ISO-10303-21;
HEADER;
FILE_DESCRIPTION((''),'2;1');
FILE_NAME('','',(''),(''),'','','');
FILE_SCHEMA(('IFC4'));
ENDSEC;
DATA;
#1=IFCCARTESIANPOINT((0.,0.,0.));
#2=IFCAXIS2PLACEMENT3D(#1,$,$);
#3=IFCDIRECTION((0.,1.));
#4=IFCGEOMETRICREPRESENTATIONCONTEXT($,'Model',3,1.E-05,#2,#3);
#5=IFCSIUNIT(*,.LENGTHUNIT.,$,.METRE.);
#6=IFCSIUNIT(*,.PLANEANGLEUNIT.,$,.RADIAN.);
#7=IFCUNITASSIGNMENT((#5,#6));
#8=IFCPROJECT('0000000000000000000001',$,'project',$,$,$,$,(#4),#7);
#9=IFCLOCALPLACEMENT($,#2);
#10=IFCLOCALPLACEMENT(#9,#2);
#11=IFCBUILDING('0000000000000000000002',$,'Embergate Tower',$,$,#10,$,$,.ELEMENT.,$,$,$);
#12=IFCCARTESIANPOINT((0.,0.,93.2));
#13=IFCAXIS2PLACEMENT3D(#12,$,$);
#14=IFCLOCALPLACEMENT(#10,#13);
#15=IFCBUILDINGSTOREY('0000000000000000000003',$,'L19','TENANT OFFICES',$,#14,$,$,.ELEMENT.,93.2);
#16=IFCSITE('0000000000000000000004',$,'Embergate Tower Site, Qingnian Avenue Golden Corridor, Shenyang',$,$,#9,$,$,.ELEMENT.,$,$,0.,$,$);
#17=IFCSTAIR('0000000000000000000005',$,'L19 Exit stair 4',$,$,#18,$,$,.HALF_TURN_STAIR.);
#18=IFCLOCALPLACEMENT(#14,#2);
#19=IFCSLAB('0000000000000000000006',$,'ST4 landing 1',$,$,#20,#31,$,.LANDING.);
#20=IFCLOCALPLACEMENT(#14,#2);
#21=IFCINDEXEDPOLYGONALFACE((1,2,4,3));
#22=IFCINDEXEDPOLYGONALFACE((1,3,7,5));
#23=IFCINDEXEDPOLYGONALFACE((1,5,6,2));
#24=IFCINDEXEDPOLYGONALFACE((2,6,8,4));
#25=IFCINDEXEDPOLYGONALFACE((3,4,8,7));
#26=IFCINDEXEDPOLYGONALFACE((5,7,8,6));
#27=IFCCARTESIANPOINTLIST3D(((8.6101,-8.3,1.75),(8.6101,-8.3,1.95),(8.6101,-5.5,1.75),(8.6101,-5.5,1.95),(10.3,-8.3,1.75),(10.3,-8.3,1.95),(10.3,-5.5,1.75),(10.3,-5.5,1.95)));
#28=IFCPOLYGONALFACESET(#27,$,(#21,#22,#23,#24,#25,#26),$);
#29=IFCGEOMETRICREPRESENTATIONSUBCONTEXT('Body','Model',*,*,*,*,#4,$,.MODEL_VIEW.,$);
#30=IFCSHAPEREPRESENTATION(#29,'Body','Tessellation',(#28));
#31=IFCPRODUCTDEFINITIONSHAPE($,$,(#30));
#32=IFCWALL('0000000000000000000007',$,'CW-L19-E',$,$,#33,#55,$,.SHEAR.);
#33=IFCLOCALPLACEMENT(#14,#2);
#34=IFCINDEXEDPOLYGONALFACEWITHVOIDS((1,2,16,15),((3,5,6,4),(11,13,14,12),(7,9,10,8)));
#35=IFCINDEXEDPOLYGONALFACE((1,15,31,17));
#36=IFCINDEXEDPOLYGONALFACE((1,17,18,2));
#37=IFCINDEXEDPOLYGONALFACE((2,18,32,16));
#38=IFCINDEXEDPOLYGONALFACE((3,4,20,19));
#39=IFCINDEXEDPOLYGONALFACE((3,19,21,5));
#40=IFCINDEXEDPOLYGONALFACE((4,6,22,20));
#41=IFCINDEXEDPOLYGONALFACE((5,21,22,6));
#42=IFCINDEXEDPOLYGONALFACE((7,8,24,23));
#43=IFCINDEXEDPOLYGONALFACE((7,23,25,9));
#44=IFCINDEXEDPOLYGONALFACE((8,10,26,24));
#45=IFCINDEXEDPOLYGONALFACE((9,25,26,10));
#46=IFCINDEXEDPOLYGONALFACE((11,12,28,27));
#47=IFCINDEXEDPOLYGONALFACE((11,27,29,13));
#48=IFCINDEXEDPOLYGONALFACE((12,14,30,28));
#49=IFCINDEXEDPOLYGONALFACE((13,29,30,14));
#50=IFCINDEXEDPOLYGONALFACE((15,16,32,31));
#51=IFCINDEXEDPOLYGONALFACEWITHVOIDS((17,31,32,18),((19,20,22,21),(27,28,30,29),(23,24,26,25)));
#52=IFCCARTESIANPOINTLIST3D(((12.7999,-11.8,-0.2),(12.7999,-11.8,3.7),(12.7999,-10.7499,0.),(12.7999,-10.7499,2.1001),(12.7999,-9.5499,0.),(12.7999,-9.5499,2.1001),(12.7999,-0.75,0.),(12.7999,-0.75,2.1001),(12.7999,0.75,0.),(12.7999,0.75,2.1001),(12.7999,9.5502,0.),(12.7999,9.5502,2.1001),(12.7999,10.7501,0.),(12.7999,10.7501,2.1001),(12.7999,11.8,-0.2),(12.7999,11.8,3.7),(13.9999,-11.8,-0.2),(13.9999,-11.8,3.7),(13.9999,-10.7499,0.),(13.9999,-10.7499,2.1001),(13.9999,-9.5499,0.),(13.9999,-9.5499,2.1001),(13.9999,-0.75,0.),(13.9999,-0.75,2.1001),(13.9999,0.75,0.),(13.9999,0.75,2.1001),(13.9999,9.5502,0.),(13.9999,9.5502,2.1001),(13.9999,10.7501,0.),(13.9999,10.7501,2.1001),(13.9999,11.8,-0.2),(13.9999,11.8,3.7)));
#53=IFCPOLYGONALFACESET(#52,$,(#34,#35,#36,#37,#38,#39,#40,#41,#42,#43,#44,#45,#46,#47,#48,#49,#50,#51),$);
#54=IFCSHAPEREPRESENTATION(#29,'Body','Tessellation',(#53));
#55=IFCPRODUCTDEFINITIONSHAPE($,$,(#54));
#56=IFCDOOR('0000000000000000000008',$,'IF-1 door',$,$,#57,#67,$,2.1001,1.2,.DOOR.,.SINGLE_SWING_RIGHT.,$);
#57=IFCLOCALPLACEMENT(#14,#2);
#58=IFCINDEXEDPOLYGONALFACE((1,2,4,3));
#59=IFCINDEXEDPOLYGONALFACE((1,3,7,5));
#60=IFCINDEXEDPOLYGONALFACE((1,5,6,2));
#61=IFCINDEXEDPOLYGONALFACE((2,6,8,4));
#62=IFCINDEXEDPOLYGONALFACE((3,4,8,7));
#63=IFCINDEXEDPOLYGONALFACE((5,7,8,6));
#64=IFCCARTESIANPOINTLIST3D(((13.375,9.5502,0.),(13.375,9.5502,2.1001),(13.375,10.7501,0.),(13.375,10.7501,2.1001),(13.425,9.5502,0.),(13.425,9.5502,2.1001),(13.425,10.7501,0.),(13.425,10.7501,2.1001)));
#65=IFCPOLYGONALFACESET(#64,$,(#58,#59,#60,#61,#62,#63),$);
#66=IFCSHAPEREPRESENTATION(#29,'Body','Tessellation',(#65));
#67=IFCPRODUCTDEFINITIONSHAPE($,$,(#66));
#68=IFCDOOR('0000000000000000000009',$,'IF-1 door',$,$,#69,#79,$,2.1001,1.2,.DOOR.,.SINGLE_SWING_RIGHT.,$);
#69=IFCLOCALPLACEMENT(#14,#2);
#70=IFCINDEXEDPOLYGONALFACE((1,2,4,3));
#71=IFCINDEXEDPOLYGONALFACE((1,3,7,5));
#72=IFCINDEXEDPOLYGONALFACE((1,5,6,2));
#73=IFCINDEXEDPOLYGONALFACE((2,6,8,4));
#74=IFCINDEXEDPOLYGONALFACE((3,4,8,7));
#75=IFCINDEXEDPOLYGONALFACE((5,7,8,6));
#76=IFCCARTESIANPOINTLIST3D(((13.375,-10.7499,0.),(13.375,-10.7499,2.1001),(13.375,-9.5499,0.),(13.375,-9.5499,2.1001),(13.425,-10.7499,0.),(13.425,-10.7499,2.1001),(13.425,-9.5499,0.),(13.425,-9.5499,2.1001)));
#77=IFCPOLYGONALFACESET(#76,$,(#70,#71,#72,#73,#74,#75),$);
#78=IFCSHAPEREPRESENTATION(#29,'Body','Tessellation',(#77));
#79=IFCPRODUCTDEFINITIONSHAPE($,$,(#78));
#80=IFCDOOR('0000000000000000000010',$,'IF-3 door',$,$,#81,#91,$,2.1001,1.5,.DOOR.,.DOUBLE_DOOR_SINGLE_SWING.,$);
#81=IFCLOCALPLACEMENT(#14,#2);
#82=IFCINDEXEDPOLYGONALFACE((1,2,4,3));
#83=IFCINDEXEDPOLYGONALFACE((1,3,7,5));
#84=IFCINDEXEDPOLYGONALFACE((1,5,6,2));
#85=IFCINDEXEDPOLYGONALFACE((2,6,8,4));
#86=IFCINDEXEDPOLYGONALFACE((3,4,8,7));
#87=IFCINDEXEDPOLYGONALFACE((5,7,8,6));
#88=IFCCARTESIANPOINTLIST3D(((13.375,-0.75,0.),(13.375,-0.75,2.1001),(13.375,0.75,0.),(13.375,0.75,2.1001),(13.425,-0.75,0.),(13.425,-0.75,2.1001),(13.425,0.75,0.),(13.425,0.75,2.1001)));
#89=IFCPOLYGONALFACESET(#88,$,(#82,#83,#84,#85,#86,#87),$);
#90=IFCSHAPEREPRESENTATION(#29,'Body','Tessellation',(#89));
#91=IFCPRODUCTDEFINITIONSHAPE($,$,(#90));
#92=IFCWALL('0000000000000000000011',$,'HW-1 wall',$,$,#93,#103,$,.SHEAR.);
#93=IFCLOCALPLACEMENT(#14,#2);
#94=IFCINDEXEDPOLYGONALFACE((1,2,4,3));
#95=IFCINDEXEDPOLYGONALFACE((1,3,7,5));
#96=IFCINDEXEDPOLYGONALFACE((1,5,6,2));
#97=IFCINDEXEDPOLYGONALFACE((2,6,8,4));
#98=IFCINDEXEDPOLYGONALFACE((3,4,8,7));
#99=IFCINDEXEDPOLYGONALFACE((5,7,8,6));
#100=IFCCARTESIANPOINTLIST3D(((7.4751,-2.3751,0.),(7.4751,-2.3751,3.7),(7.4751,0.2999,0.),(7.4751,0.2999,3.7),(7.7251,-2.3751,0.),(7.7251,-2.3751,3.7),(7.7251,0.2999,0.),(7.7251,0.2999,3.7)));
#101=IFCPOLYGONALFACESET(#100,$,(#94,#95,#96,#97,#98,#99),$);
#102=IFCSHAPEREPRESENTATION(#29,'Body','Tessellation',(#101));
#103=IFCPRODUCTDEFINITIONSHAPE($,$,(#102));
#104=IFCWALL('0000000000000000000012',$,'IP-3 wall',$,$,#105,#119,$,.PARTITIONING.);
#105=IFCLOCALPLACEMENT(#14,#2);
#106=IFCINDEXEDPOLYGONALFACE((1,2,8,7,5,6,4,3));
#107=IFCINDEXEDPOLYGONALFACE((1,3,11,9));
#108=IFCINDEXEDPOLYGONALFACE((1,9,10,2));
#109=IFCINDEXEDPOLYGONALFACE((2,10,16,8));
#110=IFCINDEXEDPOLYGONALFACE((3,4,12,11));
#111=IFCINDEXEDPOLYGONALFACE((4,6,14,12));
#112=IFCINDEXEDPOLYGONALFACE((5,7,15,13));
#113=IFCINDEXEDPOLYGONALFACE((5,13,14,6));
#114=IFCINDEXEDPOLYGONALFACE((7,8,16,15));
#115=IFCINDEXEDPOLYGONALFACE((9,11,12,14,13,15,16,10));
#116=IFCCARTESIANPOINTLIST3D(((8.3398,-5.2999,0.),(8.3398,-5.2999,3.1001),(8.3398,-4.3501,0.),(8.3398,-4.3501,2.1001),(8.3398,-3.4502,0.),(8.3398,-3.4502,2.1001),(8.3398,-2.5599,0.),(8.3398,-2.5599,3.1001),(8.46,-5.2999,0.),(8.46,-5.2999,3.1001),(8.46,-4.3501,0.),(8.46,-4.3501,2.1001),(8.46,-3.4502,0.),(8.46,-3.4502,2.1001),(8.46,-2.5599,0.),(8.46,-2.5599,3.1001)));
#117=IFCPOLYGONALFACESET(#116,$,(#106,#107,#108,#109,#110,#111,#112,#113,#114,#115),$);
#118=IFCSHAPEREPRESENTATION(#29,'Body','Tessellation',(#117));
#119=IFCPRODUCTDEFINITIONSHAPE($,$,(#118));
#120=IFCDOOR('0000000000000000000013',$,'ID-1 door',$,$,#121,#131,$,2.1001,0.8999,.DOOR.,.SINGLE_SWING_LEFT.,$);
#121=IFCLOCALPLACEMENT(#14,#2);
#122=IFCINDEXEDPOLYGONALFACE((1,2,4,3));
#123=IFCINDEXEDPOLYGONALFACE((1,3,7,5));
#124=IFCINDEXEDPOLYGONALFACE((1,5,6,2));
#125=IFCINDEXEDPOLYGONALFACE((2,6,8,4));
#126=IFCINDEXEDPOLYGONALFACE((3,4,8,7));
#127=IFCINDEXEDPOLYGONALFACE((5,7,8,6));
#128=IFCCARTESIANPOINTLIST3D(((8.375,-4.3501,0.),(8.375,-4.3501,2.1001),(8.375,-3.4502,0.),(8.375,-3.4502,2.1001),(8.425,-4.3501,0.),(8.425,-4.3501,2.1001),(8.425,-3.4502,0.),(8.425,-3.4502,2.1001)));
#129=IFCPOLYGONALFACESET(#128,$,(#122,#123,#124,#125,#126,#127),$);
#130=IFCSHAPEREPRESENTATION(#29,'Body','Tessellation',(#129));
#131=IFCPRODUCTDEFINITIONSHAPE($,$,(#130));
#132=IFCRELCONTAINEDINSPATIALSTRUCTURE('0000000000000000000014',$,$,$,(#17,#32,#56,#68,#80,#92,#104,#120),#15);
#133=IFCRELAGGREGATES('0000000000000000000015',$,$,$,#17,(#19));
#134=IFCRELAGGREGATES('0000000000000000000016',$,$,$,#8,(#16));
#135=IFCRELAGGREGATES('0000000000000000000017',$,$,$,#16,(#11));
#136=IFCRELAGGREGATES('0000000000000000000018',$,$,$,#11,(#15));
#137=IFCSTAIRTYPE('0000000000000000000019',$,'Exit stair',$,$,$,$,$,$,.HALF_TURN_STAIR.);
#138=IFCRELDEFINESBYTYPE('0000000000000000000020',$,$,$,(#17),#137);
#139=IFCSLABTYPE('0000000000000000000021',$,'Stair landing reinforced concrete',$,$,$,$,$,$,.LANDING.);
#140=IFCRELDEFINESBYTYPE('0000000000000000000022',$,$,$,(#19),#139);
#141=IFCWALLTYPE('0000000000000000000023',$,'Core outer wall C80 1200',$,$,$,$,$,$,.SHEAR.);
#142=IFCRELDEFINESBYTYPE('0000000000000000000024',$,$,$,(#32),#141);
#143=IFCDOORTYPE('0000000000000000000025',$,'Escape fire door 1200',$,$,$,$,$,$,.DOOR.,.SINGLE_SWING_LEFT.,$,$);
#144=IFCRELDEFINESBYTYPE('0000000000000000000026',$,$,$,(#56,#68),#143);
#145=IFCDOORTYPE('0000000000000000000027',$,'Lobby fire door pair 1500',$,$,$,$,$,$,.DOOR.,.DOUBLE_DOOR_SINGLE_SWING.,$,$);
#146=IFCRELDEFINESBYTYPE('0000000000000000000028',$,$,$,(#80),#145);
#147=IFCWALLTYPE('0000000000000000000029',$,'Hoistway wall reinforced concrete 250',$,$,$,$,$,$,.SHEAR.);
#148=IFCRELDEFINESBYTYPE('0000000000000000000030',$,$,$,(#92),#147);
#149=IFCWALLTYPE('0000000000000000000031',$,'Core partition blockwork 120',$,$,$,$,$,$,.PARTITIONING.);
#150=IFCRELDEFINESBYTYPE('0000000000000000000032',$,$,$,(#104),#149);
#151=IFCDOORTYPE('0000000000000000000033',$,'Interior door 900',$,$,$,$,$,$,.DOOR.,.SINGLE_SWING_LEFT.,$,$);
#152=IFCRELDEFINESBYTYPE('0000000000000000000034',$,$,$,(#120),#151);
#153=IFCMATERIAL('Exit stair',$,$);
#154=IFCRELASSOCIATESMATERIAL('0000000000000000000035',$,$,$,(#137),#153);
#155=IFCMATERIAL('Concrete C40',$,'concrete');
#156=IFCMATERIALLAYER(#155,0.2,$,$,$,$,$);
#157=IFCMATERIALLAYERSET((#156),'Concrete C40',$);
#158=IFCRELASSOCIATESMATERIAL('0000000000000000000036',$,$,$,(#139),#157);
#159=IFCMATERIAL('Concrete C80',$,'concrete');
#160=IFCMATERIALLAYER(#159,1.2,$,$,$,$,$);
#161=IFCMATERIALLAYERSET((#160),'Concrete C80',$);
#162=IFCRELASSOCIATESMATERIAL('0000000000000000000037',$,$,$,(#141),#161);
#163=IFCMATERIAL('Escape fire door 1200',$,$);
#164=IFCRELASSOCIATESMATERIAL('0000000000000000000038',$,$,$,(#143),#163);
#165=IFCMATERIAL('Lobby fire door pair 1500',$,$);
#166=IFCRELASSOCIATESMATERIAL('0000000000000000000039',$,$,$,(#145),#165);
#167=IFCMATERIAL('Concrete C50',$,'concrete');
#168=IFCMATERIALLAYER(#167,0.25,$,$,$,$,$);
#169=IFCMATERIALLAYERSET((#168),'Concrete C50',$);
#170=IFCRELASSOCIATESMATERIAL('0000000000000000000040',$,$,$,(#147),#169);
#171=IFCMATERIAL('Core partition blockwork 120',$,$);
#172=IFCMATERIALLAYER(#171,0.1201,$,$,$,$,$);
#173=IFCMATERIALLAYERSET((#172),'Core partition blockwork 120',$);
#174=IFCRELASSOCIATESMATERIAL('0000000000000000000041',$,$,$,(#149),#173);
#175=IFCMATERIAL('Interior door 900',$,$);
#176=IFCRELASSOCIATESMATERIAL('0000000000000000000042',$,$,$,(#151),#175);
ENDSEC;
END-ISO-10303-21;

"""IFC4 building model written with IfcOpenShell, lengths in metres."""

from ifc_helpers import new_model, si_unit, direction, frame, frame_2d, origin, place, context, subcontext, project, spatial, polyline, rectangle, outline, extrude, source, transform, mapped, material, layer, layer_set, type_object, element, fill, aggregate, save


model = new_model("IFC4")

# Units and contexts
model_context = context("Model", 3, precision=1e-05, world=origin(), true_north=direction((0.0, 1.0)))
body_context = subcontext(model_context, "Body", "Model", "MODEL_VIEW")
ifc_project = project(units=[si_unit("LENGTHUNIT", "METRE"), si_unit("PLANEANGLEUNIT", "RADIAN")], contexts=[model_context])

# Site, building, storey
site_placement = place(None, origin())
site = spatial("IfcSite", under=ifc_project, at=site_placement, Name="Embergate Tower Site, Qingnian Avenue Golden Corridor, Shenyang", CompositionType="ELEMENT", RefElevation=0.0)
building_placement = place(site_placement, origin())
building = spatial("IfcBuilding", under=site, at=building_placement, Name="Embergate Tower", CompositionType="ELEMENT")
storey_placement = place(building_placement, frame((0.0, 0.0, 93.2)))
storey = spatial("IfcBuildingStorey", under=building, at=storey_placement, Name="L19", Description="TENANT OFFICES", CompositionType="ELEMENT", Elevation=93.2)

# Stair, slab
ifc_material_1 = material(Name="Exit stair")
stair_type = type_object("IfcStairType", Name="Exit stair", PredefinedType="HALF_TURN_STAIR", material=ifc_material_1)
stair_placement = place(storey_placement, origin())
stair = element("IfcStair", 1, at=stair_placement, inside=storey, type_object=stair_type, Name="L19 Exit stair 4", PredefinedType="HALF_TURN_STAIR")
ifc_material_2 = material(Name="Concrete C40", Category="concrete")
ifc_layer_1 = layer(ifc_material_2, 0.2)
ifc_layer_set_1 = layer_set([ifc_layer_1], Name="Concrete C40")
slab_type = type_object("IfcSlabType", Name="Stair landing reinforced concrete", PredefinedType="LANDING", material=ifc_layer_set_1)
shared_shape_1 = source(origin(), body_context, "Body", "SweptSolid", [
    extrude(outline(polyline([(0.0, 0.0), (1.6899, 0.0), (1.6899, 2.8), (0.0, 2.8), (0.0, 0.0)])), origin(), (0.0, 0.0, 1.0), 0.2),
])
slab_placement = place(storey_placement, frame((8.6101, -8.3, 1.75)))
slab = element("IfcSlab", 2, at=slab_placement, type_object=slab_type, Name="ST4 landing 1", PredefinedType="LANDING", context=body_context, shape_type="MappedRepresentation", body=[
    mapped(shared_shape_1, transform((0.0, 0.0, 0.0))),
])

# Wall, openings, doors
ifc_material_3 = material(Name="Concrete C80", Category="concrete")
ifc_layer_2 = layer(ifc_material_3, 1.2)
ifc_layer_set_2 = layer_set([ifc_layer_2], Name="Concrete C80")
wall_type_1 = type_object("IfcWallType", Name="Core outer wall C80 1200", PredefinedType="SHEAR", material=ifc_layer_set_2)
shared_shape_2 = source(origin(), body_context, "Body", "SweptSolid", [
    extrude(rectangle(XDim=23.6001, YDim=1.2, at=frame_2d((11.8, 0.0))), origin(), (0.0, 0.0, 1.0), 3.8999),
])
wall_1_placement = place(storey_placement, frame((13.3999, -11.8, -0.2), z_axis=(0.0, 0.0, 1.0), x_axis=(0.0, 1.0, 0.0)))
wall_1 = element("IfcWall", 3, at=wall_1_placement, inside=storey, type_object=wall_type_1, Name="CW-L19-E", PredefinedType="SHEAR", context=body_context, shape_type="MappedRepresentation", body=[
    mapped(shared_shape_2, transform((0.0, 0.0, 0.0))),
])
shared_shape_3 = source(origin(), body_context, "Body", "SweptSolid", [
    extrude(rectangle(XDim=1.2, YDim=2.1001, at=frame_2d((0.6001, 1.05))), frame((0.0, 0.6099, 0.0), z_axis=(0.0, -1.0, 0.0), x_axis=(1.0, 0.0, 0.0)), (0.0, 0.0, 1.0), 1.22),
])
opening_1_placement = place(wall_1_placement, frame((21.3501, 0.0, 0.2)))
opening_1 = element("IfcOpeningElement", 4, at=opening_1_placement, cuts=wall_1, PredefinedType="OPENING", context=body_context, shape_type="MappedRepresentation", body=[
    mapped(shared_shape_3, transform((0.0, 0.0, 0.0))),
])
opening_2_placement = place(wall_1_placement, frame((1.05, 0.0, 0.2)))
opening_2 = element("IfcOpeningElement", 5, at=opening_2_placement, cuts=wall_1, PredefinedType="OPENING", context=body_context, shape_type="MappedRepresentation", body=[
    mapped(shared_shape_3, transform((0.0, 0.0, 0.0))),
])
shared_shape_4 = source(origin(), body_context, "Body", "SweptSolid", [
    extrude(rectangle(XDim=1.5, YDim=2.1001, at=frame_2d((0.75, 1.05))), frame((0.0, 0.6099, 0.0), z_axis=(0.0, -1.0, 0.0), x_axis=(1.0, 0.0, 0.0)), (0.0, 0.0, 1.0), 1.22),
])
opening_3_placement = place(wall_1_placement, frame((11.05, 0.0, 0.2)))
opening_3 = element("IfcOpeningElement", 6, at=opening_3_placement, cuts=wall_1, PredefinedType="OPENING", context=body_context, shape_type="MappedRepresentation", body=[
    mapped(shared_shape_4, transform((0.0, 0.0, 0.0))),
])
ifc_material_4 = material(Name="Escape fire door 1200")
door_type_1 = type_object("IfcDoorType", Name="Escape fire door 1200", OperationType="SINGLE_SWING_LEFT", PredefinedType="DOOR", material=ifc_material_4)
shared_shape_5 = source(origin(), body_context, "Body", "SweptSolid", [
    extrude(rectangle(XDim=1.2, YDim=2.1001, at=frame_2d((0.6001, 1.05))), frame((0.0, 0.0249, 0.0), z_axis=(0.0, -1.0, 0.0), x_axis=(1.0, 0.0, 0.0)), (0.0, 0.0, 1.0), 0.05),
])
door_1_placement = place(opening_1_placement, origin())
door_1 = element("IfcDoor", 7, at=door_1_placement, inside=storey, type_object=door_type_1, Name="IF-1 door", OperationType="SINGLE_SWING_RIGHT", OverallHeight=2.1001, OverallWidth=1.2, PredefinedType="DOOR", context=body_context, shape_type="MappedRepresentation", body=[
    mapped(shared_shape_5, transform((0.0, 0.0, 0.0))),
])
fill(opening_1, door_1)
door_2_placement = place(opening_2_placement, origin())
door_2 = element("IfcDoor", 8, at=door_2_placement, inside=storey, type_object=door_type_1, Name="IF-1 door", OperationType="SINGLE_SWING_RIGHT", OverallHeight=2.1001, OverallWidth=1.2, PredefinedType="DOOR", context=body_context, shape_type="MappedRepresentation", body=[
    mapped(shared_shape_5, transform((0.0, 0.0, 0.0))),
])
fill(opening_2, door_2)
ifc_material_5 = material(Name="Lobby fire door pair 1500")
door_type_2 = type_object("IfcDoorType", Name="Lobby fire door pair 1500", OperationType="DOUBLE_DOOR_SINGLE_SWING", PredefinedType="DOOR", material=ifc_material_5)
shared_shape_6 = source(origin(), body_context, "Body", "SweptSolid", [
    extrude(rectangle(XDim=1.5, YDim=2.1001, at=frame_2d((0.75, 1.05))), frame((0.0, 0.0249, 0.0), z_axis=(0.0, -1.0, 0.0), x_axis=(1.0, 0.0, 0.0)), (0.0, 0.0, 1.0), 0.05),
])
door_3_placement = place(opening_3_placement, origin())
door_3 = element("IfcDoor", 9, at=door_3_placement, inside=storey, type_object=door_type_2, Name="IF-3 door", OperationType="DOUBLE_DOOR_SINGLE_SWING", OverallHeight=2.1001, OverallWidth=1.5, PredefinedType="DOOR", context=body_context, shape_type="MappedRepresentation", body=[
    mapped(shared_shape_6, transform((0.0, 0.0, 0.0))),
])
fill(opening_3, door_3)

# Wall
ifc_material_6 = material(Name="Concrete C50", Category="concrete")
ifc_layer_3 = layer(ifc_material_6, 0.25)
ifc_layer_set_3 = layer_set([ifc_layer_3], Name="Concrete C50")
wall_type_2 = type_object("IfcWallType", Name="Hoistway wall reinforced concrete 250", PredefinedType="SHEAR", material=ifc_layer_set_3)
shared_shape_7 = source(origin(), body_context, "Body", "SweptSolid", [
    extrude(rectangle(XDim=2.675, YDim=0.25, at=frame_2d((1.3374, 0.0))), origin(), (0.0, 0.0, 1.0), 3.7),
])
wall_2_placement = place(storey_placement, frame((7.6001, -2.375, 0.0), z_axis=(0.0, 0.0, 1.0), x_axis=(0.0, 1.0, 0.0)))
element("IfcWall", 10, at=wall_2_placement, inside=storey, type_object=wall_type_2, Name="HW-1 wall", PredefinedType="SHEAR", context=body_context, shape_type="MappedRepresentation", body=[
    mapped(shared_shape_7, transform((0.0, 0.0, 0.0))),
])

# Wall, opening, door
ifc_material_7 = material(Name="Core partition blockwork 120")
ifc_layer_4 = layer(ifc_material_7, 0.1201)
ifc_layer_set_4 = layer_set([ifc_layer_4], Name="Core partition blockwork 120")
wall_type_3 = type_object("IfcWallType", Name="Core partition blockwork 120", PredefinedType="PARTITIONING", material=ifc_layer_set_4)
shared_shape_8 = source(origin(), body_context, "Body", "SweptSolid", [
    extrude(rectangle(XDim=2.74, YDim=0.1201, at=frame_2d((1.3701, 0.0))), origin(), (0.0, 0.0, 1.0), 3.1001),
])
wall_3_placement = place(storey_placement, frame((8.3999, -5.3, 0.0), z_axis=(0.0, 0.0, 1.0), x_axis=(0.0, 1.0, 0.0)))
wall_3 = element("IfcWall", 11, at=wall_3_placement, inside=storey, type_object=wall_type_3, Name="IP-3 wall", PredefinedType="PARTITIONING", context=body_context, shape_type="MappedRepresentation", body=[
    mapped(shared_shape_8, transform((0.0, 0.0, 0.0))),
])
shared_shape_9 = source(origin(), body_context, "Body", "SweptSolid", [
    extrude(rectangle(XDim=0.8999, YDim=2.1001, at=frame_2d((0.45, 1.05))), frame((0.0, 0.0701, 0.0), z_axis=(0.0, -1.0, 0.0), x_axis=(1.0, 0.0, 0.0)), (0.0, 0.0, 1.0), 0.1401),
])
opening_4_placement = place(wall_3_placement, frame((0.95, 0.0, 0.0)))
opening_4 = element("IfcOpeningElement", 12, at=opening_4_placement, cuts=wall_3, PredefinedType="OPENING", context=body_context, shape_type="MappedRepresentation", body=[
    mapped(shared_shape_9, transform((0.0, 0.0, 0.0))),
])
ifc_material_8 = material(Name="Interior door 900")
door_type_3 = type_object("IfcDoorType", Name="Interior door 900", OperationType="SINGLE_SWING_LEFT", PredefinedType="DOOR", material=ifc_material_8)
shared_shape_10 = source(origin(), body_context, "Body", "SweptSolid", [
    extrude(rectangle(XDim=0.8999, YDim=2.1001, at=frame_2d((0.45, 1.05))), frame((0.0, 0.0249, 0.0), z_axis=(0.0, -1.0, 0.0), x_axis=(1.0, 0.0, 0.0)), (0.0, 0.0, 1.0), 0.05),
])
door_4_placement = place(opening_4_placement, origin())
door_4 = element("IfcDoor", 13, at=door_4_placement, inside=storey, type_object=door_type_3, Name="ID-1 door", OperationType="SINGLE_SWING_LEFT", OverallHeight=2.1001, OverallWidth=0.8999, PredefinedType="DOOR", context=body_context, shape_type="MappedRepresentation", body=[
    mapped(shared_shape_10, transform((0.0, 0.0, 0.0))),
])
fill(opening_4, door_4)

aggregate(stair, [slab])

save(model, "model.ifc")
